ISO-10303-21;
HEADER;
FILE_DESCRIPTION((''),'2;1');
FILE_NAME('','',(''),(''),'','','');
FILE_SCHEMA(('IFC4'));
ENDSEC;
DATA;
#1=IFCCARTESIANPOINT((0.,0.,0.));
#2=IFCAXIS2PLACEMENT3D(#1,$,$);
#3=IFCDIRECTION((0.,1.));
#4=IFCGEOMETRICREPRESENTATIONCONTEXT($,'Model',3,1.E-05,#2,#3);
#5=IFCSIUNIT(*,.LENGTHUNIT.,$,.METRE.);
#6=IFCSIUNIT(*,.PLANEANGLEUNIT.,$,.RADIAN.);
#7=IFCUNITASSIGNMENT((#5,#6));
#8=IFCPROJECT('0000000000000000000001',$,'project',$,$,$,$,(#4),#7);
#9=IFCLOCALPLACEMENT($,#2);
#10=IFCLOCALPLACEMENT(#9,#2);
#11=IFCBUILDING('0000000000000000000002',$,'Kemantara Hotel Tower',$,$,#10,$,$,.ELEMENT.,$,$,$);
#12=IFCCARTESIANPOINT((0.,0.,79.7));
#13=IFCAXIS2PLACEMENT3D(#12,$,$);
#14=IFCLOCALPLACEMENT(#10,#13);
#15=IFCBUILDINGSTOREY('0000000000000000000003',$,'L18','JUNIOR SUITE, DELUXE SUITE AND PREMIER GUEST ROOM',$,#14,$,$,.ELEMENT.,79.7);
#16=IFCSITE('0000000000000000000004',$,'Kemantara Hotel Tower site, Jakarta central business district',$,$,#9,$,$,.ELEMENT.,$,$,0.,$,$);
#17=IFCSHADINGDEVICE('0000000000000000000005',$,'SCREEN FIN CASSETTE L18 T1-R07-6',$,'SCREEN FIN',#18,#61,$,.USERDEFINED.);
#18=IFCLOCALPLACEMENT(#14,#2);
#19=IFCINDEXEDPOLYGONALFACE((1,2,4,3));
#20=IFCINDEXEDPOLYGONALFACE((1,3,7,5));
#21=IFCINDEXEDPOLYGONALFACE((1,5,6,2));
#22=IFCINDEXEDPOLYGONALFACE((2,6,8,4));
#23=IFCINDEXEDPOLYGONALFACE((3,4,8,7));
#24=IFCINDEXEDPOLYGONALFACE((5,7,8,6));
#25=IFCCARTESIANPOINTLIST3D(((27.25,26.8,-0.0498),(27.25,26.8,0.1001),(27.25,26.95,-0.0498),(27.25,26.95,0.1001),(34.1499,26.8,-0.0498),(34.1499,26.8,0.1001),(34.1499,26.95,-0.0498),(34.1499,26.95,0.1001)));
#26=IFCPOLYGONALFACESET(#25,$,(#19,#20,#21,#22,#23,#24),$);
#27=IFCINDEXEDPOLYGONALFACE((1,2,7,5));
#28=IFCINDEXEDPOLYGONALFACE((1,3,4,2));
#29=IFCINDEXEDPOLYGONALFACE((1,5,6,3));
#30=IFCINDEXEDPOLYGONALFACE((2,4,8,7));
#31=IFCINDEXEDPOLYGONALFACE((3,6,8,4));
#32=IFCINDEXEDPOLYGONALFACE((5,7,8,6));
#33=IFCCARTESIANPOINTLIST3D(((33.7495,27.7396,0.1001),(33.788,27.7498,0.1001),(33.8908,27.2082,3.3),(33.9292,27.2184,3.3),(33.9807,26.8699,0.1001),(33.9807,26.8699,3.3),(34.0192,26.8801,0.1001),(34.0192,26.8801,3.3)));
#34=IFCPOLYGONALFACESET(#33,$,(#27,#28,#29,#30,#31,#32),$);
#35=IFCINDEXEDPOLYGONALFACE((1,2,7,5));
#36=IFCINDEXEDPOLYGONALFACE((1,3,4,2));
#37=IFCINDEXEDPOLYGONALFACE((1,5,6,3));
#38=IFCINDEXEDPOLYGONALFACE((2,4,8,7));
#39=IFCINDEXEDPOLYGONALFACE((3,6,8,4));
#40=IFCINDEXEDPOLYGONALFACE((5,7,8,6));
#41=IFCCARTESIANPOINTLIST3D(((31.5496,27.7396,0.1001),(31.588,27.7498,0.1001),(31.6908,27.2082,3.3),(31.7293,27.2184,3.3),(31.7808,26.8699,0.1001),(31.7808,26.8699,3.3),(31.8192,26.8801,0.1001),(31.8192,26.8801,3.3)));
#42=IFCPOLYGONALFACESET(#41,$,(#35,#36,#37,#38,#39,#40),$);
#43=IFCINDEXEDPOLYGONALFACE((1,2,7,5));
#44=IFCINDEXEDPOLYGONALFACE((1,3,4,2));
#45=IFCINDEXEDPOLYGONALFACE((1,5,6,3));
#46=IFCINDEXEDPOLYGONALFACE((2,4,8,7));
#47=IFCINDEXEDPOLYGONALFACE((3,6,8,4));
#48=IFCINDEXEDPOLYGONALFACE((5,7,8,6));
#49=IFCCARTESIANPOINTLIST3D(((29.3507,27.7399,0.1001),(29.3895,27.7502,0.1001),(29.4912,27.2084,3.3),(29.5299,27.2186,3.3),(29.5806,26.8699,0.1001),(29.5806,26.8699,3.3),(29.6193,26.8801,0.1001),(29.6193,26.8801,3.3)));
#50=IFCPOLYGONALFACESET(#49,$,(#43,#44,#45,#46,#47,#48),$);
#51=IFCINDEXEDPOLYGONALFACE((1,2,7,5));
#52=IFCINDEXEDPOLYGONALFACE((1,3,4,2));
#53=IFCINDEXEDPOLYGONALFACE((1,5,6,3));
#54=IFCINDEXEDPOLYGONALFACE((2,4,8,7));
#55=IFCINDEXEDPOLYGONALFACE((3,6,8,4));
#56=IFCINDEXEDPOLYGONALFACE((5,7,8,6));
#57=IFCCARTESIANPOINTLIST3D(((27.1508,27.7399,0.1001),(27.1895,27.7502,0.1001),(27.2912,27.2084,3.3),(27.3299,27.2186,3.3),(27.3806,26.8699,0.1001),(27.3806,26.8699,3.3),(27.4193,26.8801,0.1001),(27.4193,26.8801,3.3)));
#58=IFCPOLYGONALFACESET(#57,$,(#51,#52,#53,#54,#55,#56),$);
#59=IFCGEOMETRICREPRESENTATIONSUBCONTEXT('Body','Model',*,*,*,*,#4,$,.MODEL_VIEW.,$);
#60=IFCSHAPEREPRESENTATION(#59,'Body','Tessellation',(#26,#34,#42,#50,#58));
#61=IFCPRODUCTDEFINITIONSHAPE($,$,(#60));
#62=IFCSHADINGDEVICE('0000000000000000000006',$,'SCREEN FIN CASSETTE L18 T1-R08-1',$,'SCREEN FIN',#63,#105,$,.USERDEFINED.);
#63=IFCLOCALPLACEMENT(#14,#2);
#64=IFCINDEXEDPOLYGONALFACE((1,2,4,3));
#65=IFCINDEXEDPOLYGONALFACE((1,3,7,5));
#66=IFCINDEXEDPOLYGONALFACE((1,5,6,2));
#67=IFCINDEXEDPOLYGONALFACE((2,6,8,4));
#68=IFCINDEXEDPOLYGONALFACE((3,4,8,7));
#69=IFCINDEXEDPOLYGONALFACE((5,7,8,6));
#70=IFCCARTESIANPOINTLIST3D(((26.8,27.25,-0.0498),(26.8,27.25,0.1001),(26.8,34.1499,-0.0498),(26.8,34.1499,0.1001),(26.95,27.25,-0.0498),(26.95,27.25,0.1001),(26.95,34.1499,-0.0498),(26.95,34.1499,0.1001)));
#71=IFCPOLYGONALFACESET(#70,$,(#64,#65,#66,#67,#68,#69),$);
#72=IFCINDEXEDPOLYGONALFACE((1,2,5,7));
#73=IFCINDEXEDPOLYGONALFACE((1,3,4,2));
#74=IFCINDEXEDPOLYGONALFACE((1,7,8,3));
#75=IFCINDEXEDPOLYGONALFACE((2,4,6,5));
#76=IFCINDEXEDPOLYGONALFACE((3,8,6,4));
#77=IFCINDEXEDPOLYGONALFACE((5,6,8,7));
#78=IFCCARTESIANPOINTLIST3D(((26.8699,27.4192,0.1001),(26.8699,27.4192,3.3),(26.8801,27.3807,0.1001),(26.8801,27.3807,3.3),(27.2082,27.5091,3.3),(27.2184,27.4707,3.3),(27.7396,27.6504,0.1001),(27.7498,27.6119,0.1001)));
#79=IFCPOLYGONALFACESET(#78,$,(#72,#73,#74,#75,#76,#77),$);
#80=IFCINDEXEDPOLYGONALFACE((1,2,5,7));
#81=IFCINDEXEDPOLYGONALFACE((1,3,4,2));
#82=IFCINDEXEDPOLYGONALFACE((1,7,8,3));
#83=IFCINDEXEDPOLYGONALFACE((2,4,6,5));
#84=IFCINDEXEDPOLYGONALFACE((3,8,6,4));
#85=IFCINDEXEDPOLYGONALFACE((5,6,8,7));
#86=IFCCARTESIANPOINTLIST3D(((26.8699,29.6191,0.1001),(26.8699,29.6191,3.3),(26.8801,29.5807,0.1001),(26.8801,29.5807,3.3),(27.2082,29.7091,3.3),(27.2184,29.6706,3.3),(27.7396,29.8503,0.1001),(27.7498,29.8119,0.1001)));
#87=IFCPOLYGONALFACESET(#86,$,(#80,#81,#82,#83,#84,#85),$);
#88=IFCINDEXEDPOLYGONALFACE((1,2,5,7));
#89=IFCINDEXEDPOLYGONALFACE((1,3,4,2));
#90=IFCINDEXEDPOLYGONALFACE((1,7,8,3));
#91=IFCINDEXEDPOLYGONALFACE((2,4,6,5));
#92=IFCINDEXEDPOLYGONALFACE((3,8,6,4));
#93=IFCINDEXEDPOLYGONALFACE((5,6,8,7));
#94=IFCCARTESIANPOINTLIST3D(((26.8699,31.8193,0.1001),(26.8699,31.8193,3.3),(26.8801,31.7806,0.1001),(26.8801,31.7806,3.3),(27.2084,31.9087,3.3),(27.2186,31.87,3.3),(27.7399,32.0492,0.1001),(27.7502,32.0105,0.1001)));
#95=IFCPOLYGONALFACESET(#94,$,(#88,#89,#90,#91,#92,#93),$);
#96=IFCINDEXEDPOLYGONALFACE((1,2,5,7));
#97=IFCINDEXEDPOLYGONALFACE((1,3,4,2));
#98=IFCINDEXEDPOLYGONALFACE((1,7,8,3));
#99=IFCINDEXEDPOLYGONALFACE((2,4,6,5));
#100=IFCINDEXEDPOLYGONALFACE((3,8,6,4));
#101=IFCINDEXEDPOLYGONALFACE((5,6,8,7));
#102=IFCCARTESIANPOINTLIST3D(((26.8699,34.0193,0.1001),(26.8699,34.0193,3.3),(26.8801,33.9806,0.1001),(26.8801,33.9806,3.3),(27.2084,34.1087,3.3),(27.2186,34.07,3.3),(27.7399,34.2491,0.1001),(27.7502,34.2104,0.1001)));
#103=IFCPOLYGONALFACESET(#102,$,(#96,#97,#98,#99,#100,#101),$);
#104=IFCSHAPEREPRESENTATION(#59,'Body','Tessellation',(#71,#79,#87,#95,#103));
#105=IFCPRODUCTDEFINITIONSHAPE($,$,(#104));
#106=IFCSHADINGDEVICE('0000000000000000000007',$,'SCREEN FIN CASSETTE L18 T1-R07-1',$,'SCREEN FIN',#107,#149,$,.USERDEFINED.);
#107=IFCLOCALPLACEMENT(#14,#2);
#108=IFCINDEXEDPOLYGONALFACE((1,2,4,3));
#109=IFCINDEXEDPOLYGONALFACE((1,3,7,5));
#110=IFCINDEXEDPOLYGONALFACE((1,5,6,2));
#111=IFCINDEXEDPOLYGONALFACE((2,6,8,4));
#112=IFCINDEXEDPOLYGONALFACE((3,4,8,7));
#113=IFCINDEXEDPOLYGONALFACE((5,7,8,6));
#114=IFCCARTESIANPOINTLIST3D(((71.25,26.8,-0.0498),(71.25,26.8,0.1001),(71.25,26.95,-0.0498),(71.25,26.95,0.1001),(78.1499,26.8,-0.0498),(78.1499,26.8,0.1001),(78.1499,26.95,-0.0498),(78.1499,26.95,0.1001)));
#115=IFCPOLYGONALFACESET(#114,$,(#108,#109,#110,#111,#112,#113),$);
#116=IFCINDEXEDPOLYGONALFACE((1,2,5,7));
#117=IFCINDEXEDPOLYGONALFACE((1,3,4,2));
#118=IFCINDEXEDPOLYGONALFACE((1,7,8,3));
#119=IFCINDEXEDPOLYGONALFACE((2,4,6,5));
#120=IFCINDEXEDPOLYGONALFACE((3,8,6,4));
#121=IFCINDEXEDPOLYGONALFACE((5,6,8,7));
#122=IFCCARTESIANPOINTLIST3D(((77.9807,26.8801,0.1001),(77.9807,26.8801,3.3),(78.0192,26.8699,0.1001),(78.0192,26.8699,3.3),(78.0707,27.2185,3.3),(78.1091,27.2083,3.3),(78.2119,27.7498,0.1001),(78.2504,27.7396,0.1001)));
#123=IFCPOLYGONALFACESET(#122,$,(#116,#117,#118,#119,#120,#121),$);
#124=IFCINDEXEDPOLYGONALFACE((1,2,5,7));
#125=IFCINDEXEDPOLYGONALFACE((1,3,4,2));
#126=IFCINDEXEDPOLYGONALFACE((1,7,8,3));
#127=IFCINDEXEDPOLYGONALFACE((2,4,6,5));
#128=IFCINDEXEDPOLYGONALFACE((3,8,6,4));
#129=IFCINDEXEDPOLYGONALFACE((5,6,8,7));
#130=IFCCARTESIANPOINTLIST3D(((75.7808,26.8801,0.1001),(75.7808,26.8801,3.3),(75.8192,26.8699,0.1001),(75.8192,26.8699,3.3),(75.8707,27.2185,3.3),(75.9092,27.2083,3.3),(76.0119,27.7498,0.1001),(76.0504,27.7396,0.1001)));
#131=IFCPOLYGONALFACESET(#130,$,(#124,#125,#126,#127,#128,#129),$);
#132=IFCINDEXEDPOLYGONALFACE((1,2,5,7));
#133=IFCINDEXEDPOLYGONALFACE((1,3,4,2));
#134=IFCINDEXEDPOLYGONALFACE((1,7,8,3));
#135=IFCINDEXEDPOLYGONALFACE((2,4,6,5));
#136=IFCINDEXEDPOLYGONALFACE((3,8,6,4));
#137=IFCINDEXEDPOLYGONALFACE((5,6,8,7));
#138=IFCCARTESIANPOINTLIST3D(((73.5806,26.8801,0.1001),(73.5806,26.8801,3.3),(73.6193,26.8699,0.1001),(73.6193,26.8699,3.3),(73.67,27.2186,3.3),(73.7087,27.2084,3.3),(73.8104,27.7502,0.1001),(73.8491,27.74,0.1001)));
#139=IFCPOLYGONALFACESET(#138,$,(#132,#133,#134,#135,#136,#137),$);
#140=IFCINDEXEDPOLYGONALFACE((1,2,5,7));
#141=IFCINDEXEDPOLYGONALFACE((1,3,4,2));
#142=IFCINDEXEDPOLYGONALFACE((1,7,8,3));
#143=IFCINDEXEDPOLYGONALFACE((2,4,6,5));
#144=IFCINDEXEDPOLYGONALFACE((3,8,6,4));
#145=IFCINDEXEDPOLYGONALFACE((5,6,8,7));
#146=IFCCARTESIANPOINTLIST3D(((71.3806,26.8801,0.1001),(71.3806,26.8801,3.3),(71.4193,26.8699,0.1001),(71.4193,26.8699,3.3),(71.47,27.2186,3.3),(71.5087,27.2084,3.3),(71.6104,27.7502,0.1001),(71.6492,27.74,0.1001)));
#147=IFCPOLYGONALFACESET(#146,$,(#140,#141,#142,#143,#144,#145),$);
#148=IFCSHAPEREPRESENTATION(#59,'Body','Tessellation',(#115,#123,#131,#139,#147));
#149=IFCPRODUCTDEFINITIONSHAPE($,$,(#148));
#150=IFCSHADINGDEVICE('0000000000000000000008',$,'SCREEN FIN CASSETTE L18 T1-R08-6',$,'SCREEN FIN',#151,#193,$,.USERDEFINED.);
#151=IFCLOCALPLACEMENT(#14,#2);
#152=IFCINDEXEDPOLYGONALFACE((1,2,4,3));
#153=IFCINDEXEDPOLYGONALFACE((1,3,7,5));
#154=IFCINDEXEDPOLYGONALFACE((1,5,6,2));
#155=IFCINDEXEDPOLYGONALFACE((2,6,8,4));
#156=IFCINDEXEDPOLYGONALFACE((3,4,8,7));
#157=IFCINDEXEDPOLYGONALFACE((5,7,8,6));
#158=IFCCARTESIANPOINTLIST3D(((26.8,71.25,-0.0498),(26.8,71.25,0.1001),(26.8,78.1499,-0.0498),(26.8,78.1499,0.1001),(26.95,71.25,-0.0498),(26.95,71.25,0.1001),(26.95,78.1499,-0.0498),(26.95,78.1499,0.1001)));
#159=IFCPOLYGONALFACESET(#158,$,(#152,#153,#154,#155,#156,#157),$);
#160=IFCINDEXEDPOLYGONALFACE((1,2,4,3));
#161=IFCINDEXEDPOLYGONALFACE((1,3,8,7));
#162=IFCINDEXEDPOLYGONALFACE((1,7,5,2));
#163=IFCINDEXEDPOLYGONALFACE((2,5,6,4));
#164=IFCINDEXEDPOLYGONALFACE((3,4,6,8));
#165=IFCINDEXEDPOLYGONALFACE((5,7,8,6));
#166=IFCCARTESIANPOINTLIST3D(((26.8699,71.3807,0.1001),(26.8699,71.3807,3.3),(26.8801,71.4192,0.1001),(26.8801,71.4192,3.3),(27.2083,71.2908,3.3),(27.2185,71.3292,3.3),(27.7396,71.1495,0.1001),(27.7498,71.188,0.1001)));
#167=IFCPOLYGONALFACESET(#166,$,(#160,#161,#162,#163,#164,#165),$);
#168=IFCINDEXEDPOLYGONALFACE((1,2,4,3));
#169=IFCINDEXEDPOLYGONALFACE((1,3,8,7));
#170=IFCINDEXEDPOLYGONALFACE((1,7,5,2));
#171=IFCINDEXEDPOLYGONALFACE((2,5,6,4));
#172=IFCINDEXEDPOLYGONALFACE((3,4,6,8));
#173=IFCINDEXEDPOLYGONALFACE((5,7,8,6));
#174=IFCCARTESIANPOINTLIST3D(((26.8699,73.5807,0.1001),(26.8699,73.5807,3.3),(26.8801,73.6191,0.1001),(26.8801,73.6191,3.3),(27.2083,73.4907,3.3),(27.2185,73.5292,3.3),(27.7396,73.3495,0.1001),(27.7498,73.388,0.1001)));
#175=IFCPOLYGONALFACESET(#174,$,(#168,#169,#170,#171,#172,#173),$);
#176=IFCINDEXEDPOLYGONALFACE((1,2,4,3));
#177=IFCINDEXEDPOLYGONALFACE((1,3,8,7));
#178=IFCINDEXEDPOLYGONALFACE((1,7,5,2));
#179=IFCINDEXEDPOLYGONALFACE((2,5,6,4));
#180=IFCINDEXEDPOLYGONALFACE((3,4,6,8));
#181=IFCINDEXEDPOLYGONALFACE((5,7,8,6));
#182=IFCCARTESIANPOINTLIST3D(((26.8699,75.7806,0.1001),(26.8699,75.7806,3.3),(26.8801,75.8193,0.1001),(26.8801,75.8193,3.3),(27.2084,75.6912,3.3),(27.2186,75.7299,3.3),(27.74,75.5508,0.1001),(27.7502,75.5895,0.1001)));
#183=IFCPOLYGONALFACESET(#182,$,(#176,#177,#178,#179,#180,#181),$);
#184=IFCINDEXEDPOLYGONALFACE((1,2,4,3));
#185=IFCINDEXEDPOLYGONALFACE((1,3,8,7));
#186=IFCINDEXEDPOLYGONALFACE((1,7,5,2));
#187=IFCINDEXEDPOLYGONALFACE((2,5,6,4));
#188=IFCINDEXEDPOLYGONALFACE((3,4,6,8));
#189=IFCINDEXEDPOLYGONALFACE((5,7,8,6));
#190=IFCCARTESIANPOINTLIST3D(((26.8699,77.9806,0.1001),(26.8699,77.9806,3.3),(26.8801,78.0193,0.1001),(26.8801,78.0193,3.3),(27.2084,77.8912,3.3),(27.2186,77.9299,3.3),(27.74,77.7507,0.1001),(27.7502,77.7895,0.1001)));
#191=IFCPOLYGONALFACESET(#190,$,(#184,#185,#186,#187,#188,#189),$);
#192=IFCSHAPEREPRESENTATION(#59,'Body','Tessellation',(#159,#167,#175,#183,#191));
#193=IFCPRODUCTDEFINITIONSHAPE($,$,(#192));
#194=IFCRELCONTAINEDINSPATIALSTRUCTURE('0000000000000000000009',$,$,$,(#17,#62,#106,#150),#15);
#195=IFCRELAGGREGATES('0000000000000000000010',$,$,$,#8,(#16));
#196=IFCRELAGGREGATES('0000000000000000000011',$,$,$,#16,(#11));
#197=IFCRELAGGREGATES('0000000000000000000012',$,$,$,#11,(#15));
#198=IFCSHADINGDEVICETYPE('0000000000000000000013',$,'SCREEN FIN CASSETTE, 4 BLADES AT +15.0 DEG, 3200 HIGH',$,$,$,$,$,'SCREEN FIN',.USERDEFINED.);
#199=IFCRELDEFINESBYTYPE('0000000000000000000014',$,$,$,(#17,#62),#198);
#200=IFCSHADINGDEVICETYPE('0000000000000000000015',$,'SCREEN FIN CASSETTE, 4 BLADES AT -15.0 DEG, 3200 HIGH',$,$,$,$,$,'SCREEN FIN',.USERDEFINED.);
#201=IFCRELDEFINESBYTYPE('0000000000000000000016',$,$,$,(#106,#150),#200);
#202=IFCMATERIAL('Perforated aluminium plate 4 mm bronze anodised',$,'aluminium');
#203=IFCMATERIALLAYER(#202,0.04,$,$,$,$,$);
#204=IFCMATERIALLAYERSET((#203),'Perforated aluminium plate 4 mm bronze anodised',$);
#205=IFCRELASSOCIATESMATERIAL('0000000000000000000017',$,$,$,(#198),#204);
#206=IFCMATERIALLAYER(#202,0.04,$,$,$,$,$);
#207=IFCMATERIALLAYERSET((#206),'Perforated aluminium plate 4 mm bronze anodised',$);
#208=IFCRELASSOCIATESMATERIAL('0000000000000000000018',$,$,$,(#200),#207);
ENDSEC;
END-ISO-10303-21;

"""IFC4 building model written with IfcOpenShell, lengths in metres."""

from ifc_helpers import new_model, si_unit, direction, frame, origin, origin_2d, place, context, subcontext, project, spatial, polyline, rectangle, outline, extrude, source, transform, mapped, material, layer, layer_set, type_object, element, save


model = new_model("IFC4")

# Units and contexts
model_context = context("Model", 3, precision=1e-05, world=origin(), true_north=direction((0.0, 1.0)))
body_context = subcontext(model_context, "Body", "Model", "MODEL_VIEW")
ifc_project = project(units=[si_unit("LENGTHUNIT", "METRE"), si_unit("PLANEANGLEUNIT", "RADIAN")], contexts=[model_context])

# Site, building, storey
site_placement = place(None, origin())
site = spatial("IfcSite", under=ifc_project, at=site_placement, Name="Kemantara Hotel Tower site, Jakarta central business district", CompositionType="ELEMENT", RefElevation=0.0)
building_placement = place(site_placement, origin())
building = spatial("IfcBuilding", under=site, at=building_placement, Name="Kemantara Hotel Tower", CompositionType="ELEMENT")
storey_placement = place(building_placement, frame((0.0, 0.0, 79.7)))
storey = spatial("IfcBuildingStorey", under=building, at=storey_placement, Name="L18", Description="JUNIOR SUITE, DELUXE SUITE AND PREMIER GUEST ROOM", CompositionType="ELEMENT", Elevation=79.7)

# Shading devices
ifc_material_1 = material(Name="Perforated aluminium plate 4 mm bronze anodised", Category="aluminium")
ifc_layer_1 = layer(ifc_material_1, 0.04)
ifc_layer_set_1 = layer_set([ifc_layer_1], Name="Perforated aluminium plate 4 mm bronze anodised")
shading_device_type_1 = type_object("IfcShadingDeviceType", Name="SCREEN FIN CASSETTE, 4 BLADES AT +15.0 DEG, 3200 HIGH", ElementType="SCREEN FIN", PredefinedType="USERDEFINED", material=ifc_layer_set_1)
shared_shape_1 = source(origin(), body_context, "Body", "SweptSolid", [
    extrude(rectangle(XDim=6.8999, YDim=0.1499, at=origin_2d()), frame((3.3, -0.075, -0.1499), z_axis=(0.0, 0.0, 1.0), x_axis=(1.0, 0.0, 0.0)), (0.0, 0.0, 1.0), 0.1499),
    extrude(outline(polyline([(0.0, 0.0), (0.8999, 0.0), (0.3501, 3.2), (0.0, 3.2), (0.0, 0.0)])), frame((0.0193, -0.0698, 0.0), z_axis=(-0.966438, -0.256901, 0.0), x_axis=(0.256901, -0.966438, 0.0)), (0.0, 0.0, 1.0), 0.0398),
    extrude(outline(polyline([(0.0, 0.0), (0.8999, 0.0), (0.3501, 3.2), (0.0, 3.2), (0.0, 0.0)])), frame((2.2192, -0.0698, 0.0), z_axis=(-0.966438, -0.256901, 0.0), x_axis=(0.256901, -0.966438, 0.0)), (0.0, 0.0, 1.0), 0.0398),
    extrude(outline(polyline([(0.0, 0.0), (0.8999, 0.0), (0.3501, 3.2), (0.0, 3.2), (0.0, 0.0)])), frame((4.4194, -0.0698, 0.0), z_axis=(-0.966838, -0.255391, 0.0), x_axis=(0.255391, -0.966838, 0.0)), (0.0, 0.0, 1.0), 0.04),
    extrude(outline(polyline([(0.0, 0.0), (0.8999, 0.0), (0.3501, 3.2), (0.0, 3.2), (0.0, 0.0)])), frame((6.6194, -0.0698, 0.0), z_axis=(-0.966838, -0.255391, 0.0), x_axis=(0.255391, -0.966838, 0.0)), (0.0, 0.0, 1.0), 0.04),
])
for number, where, z_axis, x_axis, name in (
    (1, (34.0, 26.8, 0.1001), (0.0, 0.0, 1.0), (-1.0, 0.0, 0.0), "SCREEN FIN CASSETTE L18 T1-R07-6"),
    (2, (26.8, 27.3999, 0.1001), (0.0, 0.0, 1.0), (0.0, 1.0, 0.0), "SCREEN FIN CASSETTE L18 T1-R08-1"),
):
    element("IfcShadingDevice", number, at=place(storey_placement, frame(where, z_axis=z_axis, x_axis=x_axis)), inside=storey, type_object=shading_device_type_1, Name=name, ObjectType="SCREEN FIN", PredefinedType="USERDEFINED", context=body_context, shape_type="MappedRepresentation", body=[
        mapped(shared_shape_1, transform((0.0, 0.0, 0.0))),
    ])
ifc_layer_2 = layer(ifc_material_1, 0.04)
ifc_layer_set_2 = layer_set([ifc_layer_2], Name="Perforated aluminium plate 4 mm bronze anodised")
shading_device_type_2 = type_object("IfcShadingDeviceType", Name="SCREEN FIN CASSETTE, 4 BLADES AT -15.0 DEG, 3200 HIGH", ElementType="SCREEN FIN", PredefinedType="USERDEFINED", material=ifc_layer_set_2)
shared_shape_2 = source(origin(), body_context, "Body", "SweptSolid", [
    extrude(rectangle(XDim=6.8999, YDim=0.1499, at=origin_2d()), frame((3.3, -0.075, -0.1499), z_axis=(0.0, 0.0, 1.0), x_axis=(1.0, 0.0, 0.0)), (0.0, 0.0, 1.0), 0.1499),
    extrude(outline(polyline([(0.0, 0.0), (0.8999, 0.0), (0.3501, 3.2), (0.0, 3.2), (0.0, 0.0)])), frame((0.0193, -0.0801, 0.0), z_axis=(-0.966438, 0.256901, 0.0), x_axis=(-0.256901, -0.966438, 0.0)), (0.0, 0.0, 1.0), 0.0398),
    extrude(outline(polyline([(0.0, 0.0), (0.8999, 0.0), (0.3501, 3.2), (0.0, 3.2), (0.0, 0.0)])), frame((2.2192, -0.0801, 0.0), z_axis=(-0.966438, 0.256901, 0.0), x_axis=(-0.256901, -0.966438, 0.0)), (0.0, 0.0, 1.0), 0.0398),
    extrude(outline(polyline([(0.0, 0.0), (0.8999, 0.0), (0.3501, 3.2), (0.0, 3.2), (0.0, 0.0)])), frame((4.4194, -0.0801, 0.0), z_axis=(-0.966838, 0.255391, 0.0), x_axis=(-0.255391, -0.966838, 0.0)), (0.0, 0.0, 1.0), 0.04),
    extrude(outline(polyline([(0.0, 0.0), (0.8999, 0.0), (0.3501, 3.2), (0.0, 3.2), (0.0, 0.0)])), frame((6.6194, -0.0801, 0.0), z_axis=(-0.966838, 0.255391, 0.0), x_axis=(-0.255391, -0.966838, 0.0)), (0.0, 0.0, 1.0), 0.04),
])
for number, where, z_axis, x_axis, name in (
    (3, (78.0, 26.8, 0.1001), (0.0, 0.0, 1.0), (-1.0, 0.0, 0.0), "SCREEN FIN CASSETTE L18 T1-R07-1"),
    (4, (26.8, 71.3999, 0.1001), (0.0, 0.0, 1.0), (0.0, 1.0, 0.0), "SCREEN FIN CASSETTE L18 T1-R08-6"),
):
    element("IfcShadingDevice", number, at=place(storey_placement, frame(where, z_axis=z_axis, x_axis=x_axis)), inside=storey, type_object=shading_device_type_2, Name=name, ObjectType="SCREEN FIN", PredefinedType="USERDEFINED", context=body_context, shape_type="MappedRepresentation", body=[
        mapped(shared_shape_2, transform((0.0, 0.0, 0.0))),
    ])

save(model, "model.ifc")
